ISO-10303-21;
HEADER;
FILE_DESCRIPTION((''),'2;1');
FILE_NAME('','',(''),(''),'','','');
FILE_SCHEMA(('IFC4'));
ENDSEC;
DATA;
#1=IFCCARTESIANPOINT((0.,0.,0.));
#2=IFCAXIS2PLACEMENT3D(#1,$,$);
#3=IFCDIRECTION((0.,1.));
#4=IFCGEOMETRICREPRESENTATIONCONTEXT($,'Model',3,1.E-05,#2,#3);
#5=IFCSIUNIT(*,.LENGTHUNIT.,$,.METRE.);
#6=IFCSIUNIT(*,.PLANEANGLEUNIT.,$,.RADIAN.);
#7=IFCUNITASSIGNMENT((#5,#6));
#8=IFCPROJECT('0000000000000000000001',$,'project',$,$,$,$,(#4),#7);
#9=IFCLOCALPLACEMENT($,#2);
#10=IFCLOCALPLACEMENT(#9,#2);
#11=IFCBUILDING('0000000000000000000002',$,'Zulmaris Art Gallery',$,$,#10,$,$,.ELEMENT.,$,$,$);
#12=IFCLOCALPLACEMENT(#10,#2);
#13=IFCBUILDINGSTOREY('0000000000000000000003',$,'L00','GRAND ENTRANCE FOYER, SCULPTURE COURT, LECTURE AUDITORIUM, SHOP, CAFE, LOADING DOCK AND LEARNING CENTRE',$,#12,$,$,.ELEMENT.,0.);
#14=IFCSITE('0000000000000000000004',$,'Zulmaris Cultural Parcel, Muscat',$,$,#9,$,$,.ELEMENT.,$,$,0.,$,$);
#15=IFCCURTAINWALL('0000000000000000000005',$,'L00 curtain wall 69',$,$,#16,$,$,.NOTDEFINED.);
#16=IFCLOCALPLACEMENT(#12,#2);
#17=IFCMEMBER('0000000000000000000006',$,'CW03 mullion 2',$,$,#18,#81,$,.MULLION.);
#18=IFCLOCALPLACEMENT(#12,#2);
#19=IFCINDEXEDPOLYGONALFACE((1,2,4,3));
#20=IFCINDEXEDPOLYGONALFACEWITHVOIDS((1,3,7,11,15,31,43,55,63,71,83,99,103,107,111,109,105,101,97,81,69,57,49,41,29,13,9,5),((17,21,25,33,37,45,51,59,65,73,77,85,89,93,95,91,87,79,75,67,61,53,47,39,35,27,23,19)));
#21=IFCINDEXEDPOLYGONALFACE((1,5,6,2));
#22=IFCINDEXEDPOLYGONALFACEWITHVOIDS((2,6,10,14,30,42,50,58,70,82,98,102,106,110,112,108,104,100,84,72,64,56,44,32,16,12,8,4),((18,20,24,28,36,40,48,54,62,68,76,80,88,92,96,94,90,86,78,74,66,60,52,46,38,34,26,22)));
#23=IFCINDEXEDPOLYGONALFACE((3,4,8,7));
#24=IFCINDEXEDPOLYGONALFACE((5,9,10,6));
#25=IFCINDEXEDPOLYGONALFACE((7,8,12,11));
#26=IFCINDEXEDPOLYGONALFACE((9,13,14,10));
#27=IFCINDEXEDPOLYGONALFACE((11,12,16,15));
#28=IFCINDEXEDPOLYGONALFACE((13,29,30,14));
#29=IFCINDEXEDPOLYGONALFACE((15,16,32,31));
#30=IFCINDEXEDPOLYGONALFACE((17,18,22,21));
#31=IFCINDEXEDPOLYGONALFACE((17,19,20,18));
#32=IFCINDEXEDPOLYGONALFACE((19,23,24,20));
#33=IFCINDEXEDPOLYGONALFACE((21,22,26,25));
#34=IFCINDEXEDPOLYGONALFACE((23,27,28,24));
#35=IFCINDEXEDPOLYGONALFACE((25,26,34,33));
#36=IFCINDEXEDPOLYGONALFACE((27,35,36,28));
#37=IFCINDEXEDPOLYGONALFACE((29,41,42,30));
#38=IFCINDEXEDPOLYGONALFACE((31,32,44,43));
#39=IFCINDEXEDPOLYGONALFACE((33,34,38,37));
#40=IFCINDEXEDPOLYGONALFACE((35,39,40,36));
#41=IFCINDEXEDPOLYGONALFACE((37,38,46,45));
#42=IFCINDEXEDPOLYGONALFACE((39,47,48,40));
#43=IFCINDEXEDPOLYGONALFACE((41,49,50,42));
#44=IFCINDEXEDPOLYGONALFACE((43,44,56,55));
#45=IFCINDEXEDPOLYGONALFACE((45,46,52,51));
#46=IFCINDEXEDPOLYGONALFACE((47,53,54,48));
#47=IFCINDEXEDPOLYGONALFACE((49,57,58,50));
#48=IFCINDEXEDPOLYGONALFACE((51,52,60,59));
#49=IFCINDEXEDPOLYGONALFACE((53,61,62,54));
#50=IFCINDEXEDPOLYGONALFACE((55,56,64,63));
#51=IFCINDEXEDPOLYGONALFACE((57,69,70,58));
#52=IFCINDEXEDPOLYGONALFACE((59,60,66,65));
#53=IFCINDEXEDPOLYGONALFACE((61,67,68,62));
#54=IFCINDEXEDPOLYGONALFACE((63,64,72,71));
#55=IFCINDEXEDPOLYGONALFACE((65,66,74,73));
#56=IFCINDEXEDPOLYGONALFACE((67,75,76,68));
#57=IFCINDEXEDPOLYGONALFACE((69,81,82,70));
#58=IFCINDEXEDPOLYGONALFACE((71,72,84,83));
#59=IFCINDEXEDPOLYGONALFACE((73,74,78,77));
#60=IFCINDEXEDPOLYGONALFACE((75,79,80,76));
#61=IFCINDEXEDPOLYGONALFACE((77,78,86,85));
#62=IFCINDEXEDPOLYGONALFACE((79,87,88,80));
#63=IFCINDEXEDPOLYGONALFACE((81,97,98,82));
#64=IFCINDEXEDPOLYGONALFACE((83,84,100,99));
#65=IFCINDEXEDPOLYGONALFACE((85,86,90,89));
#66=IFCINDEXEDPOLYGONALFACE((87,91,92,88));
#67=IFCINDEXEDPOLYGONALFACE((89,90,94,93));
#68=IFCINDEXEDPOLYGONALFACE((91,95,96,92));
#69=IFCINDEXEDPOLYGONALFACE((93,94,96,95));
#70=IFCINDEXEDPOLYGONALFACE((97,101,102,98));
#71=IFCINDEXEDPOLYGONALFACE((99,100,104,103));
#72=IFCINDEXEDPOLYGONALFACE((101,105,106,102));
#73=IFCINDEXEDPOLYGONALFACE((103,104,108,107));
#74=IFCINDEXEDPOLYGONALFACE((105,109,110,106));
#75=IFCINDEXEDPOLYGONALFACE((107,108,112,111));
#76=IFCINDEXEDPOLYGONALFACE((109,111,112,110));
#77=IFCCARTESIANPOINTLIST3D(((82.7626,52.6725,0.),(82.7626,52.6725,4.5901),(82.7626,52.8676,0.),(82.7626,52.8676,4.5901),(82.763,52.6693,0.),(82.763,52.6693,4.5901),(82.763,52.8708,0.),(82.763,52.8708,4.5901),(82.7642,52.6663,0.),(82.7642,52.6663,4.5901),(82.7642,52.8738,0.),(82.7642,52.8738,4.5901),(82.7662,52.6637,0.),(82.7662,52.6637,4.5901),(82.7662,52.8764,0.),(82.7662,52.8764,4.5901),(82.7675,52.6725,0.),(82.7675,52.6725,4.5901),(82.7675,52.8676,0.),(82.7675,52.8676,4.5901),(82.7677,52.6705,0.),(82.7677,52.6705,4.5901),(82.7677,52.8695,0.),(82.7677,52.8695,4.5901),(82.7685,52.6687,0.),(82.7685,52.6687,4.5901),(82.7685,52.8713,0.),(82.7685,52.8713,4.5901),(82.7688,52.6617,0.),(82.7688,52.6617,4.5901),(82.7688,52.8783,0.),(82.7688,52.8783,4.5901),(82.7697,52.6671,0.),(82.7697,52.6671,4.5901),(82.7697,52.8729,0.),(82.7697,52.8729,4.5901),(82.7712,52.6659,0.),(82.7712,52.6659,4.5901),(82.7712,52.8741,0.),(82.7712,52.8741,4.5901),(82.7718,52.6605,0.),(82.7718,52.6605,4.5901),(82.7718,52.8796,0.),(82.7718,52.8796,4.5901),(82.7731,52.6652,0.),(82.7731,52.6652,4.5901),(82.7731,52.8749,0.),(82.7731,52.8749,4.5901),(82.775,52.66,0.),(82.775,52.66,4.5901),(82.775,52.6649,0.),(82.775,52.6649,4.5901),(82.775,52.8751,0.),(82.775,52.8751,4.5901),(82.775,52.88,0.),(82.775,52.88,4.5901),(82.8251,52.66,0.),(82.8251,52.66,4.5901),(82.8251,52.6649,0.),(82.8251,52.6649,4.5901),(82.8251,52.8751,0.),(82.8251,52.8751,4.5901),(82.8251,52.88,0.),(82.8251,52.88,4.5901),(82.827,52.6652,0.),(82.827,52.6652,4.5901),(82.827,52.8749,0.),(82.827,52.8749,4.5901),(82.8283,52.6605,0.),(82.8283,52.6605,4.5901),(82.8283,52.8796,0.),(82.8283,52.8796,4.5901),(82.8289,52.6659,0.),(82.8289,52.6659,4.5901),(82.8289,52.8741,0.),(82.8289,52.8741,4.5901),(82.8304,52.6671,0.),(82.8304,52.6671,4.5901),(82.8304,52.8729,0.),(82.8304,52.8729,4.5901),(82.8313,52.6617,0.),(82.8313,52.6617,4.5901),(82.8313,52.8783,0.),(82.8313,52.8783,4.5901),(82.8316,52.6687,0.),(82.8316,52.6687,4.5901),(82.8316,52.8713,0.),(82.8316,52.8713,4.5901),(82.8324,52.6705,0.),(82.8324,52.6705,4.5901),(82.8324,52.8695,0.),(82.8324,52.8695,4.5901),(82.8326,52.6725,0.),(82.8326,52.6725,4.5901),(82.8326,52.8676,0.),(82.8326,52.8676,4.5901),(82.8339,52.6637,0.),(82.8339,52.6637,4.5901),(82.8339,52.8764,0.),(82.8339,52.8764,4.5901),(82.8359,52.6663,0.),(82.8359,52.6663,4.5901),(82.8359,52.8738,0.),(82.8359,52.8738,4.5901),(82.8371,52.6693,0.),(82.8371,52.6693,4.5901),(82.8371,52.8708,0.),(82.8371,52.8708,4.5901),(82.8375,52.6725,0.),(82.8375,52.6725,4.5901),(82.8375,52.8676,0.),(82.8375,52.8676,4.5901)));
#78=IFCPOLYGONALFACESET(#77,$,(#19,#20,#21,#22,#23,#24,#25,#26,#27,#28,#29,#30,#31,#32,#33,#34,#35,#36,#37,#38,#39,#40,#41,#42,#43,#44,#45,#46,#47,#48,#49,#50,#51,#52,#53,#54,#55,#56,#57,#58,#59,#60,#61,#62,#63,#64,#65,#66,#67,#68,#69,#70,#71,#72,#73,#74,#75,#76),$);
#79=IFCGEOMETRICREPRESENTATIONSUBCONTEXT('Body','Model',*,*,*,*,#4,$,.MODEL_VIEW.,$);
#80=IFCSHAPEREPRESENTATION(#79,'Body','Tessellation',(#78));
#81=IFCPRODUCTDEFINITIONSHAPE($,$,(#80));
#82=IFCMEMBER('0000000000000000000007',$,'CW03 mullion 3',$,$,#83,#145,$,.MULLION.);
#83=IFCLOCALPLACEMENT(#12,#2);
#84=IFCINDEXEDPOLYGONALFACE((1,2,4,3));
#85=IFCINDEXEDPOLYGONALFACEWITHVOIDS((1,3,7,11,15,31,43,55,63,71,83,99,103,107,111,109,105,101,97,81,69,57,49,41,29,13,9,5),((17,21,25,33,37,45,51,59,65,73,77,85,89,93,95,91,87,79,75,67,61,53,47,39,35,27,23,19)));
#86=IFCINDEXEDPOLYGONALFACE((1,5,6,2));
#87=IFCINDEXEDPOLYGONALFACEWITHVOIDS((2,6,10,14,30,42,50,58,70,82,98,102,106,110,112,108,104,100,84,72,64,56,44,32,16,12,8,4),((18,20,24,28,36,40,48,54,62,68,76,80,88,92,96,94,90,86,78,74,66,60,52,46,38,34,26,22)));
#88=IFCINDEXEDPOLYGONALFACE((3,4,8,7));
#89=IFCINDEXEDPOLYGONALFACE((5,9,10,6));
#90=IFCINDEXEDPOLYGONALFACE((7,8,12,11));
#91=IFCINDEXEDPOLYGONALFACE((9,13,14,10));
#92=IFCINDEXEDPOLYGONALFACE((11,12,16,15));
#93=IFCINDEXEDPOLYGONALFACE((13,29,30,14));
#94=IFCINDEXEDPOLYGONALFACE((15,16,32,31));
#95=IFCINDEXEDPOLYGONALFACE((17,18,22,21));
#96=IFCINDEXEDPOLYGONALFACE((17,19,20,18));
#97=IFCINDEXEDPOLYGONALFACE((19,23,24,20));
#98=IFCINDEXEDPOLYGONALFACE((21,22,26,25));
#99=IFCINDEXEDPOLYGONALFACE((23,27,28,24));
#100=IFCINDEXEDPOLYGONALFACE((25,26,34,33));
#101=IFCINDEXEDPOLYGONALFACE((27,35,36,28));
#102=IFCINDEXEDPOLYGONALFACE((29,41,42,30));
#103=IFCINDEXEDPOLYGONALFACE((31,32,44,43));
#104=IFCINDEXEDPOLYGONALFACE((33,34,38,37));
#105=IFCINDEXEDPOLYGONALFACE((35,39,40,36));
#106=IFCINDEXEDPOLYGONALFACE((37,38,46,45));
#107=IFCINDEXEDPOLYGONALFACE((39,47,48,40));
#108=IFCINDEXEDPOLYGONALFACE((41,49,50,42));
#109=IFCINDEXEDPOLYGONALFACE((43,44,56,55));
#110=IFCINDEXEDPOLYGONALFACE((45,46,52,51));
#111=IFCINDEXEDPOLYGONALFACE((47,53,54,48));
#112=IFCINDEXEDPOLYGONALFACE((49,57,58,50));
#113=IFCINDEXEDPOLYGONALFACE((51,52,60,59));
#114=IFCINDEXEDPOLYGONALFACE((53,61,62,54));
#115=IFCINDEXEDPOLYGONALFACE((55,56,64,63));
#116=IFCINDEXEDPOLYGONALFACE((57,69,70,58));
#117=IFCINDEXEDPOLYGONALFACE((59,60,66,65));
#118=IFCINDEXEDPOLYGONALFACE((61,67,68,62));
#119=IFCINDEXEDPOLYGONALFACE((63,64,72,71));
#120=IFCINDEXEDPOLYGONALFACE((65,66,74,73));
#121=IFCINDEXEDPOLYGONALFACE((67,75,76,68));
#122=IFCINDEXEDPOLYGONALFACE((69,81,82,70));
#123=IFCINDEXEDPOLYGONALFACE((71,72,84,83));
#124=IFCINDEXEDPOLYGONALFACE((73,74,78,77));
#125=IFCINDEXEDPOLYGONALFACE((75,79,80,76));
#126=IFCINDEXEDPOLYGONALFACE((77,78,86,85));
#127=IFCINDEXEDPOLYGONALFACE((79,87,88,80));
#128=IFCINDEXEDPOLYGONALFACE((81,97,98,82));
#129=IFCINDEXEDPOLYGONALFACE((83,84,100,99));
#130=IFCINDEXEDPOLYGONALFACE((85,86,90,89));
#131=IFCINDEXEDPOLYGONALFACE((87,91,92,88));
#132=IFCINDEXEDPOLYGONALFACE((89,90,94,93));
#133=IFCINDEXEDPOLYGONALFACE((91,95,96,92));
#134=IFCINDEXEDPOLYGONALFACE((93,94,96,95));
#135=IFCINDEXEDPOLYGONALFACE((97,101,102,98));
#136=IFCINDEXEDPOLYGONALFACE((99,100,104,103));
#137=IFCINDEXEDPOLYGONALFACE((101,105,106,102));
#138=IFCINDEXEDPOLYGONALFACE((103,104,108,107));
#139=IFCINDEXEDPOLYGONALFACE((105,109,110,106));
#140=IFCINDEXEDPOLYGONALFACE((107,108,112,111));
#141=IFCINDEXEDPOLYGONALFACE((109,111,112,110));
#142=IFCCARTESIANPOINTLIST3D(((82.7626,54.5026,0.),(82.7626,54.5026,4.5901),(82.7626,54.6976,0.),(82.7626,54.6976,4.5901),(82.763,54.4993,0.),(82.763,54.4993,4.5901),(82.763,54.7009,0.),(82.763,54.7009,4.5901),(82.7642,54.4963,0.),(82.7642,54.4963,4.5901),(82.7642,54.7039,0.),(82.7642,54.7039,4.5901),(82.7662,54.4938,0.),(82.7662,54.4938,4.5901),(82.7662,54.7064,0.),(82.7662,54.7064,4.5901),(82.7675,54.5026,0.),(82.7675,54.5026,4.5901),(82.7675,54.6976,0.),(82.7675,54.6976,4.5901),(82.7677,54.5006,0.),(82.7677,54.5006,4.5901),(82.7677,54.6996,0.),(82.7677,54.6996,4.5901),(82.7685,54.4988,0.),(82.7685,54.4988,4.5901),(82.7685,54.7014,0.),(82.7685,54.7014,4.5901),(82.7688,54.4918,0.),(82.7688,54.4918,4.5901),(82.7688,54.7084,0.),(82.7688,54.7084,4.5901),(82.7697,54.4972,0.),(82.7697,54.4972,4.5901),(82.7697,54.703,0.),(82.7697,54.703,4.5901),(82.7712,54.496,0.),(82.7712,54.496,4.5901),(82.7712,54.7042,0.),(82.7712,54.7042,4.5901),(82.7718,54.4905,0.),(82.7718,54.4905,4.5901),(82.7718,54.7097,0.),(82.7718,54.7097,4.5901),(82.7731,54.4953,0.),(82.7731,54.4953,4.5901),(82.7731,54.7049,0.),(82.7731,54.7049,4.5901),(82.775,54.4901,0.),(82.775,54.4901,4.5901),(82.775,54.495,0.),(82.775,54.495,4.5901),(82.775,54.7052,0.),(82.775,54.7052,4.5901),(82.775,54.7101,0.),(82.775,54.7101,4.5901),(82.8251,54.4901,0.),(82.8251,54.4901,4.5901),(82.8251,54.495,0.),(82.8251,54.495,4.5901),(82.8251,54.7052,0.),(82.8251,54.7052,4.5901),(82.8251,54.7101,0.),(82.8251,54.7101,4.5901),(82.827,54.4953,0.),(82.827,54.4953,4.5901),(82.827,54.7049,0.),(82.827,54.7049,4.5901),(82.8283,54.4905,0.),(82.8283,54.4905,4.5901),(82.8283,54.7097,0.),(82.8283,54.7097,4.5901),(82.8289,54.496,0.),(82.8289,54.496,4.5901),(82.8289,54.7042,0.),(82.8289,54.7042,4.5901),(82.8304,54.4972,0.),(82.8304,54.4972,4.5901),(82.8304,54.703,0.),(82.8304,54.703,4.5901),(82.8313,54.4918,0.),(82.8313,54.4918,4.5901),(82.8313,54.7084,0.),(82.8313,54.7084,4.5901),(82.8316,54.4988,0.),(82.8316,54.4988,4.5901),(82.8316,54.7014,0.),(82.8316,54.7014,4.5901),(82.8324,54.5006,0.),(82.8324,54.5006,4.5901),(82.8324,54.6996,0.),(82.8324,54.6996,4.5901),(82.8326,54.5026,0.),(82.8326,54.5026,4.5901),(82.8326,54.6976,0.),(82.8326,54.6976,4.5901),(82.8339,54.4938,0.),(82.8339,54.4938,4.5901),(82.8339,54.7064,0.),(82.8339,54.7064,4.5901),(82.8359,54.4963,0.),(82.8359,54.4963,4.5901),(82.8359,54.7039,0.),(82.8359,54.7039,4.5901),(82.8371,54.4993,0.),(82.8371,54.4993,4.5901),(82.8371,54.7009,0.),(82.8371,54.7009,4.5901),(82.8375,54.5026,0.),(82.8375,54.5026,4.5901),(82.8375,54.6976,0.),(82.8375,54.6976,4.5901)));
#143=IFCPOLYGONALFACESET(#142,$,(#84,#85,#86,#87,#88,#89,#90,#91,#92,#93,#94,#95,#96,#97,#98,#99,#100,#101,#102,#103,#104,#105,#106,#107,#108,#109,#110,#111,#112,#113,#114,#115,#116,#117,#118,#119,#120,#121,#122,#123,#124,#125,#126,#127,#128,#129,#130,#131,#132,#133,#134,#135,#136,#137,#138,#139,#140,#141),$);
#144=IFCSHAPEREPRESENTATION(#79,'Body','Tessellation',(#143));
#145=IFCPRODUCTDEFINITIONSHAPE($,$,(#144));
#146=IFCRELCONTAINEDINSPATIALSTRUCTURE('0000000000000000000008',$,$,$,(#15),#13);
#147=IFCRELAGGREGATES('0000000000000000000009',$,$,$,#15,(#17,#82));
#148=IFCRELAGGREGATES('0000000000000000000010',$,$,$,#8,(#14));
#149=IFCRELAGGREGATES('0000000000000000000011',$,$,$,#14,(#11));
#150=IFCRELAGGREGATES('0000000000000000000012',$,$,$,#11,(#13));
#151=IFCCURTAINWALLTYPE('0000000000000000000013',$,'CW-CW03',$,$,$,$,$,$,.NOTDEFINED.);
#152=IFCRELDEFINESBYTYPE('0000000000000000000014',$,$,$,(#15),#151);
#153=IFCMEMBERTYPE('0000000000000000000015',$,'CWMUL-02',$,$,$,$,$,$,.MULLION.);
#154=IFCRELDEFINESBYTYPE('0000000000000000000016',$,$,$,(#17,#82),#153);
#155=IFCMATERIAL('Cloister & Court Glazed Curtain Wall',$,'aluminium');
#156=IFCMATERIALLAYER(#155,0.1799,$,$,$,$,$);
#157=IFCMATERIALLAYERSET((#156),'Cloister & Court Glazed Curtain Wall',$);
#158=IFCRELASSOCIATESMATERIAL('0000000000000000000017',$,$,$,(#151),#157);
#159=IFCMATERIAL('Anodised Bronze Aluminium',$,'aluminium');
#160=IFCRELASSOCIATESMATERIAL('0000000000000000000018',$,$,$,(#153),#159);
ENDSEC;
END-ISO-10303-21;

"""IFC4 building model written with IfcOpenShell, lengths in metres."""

from ifc_helpers import new_model, si_unit, direction, frame, origin, origin_2d, place, context, subcontext, project, spatial, hollow_rectangle, extrude, material, layer, layer_set, material_profile, profile_set, type_object, element, aggregate, save


model = new_model("IFC4")

# Units and contexts
model_context = context("Model", 3, precision=1e-05, world=origin(), true_north=direction((0.0, 1.0)))
body_context = subcontext(model_context, "Body", "Model", "MODEL_VIEW")
ifc_project = project(units=[si_unit("LENGTHUNIT", "METRE"), si_unit("PLANEANGLEUNIT", "RADIAN")], contexts=[model_context])

# Site, building, storey
site_placement = place(None, origin())
site = spatial("IfcSite", under=ifc_project, at=site_placement, Name="Zulmaris Cultural Parcel, Muscat", CompositionType="ELEMENT", RefElevation=0.0)
building_placement = place(site_placement, origin())
building = spatial("IfcBuilding", under=site, at=building_placement, Name="Zulmaris Art Gallery", CompositionType="ELEMENT")
storey_placement = place(building_placement, origin())
storey = spatial("IfcBuildingStorey", under=building, at=storey_placement, Name="L00", Description="GRAND ENTRANCE FOYER, SCULPTURE COURT, LECTURE AUDITORIUM, SHOP, CAFE, LOADING DOCK AND LEARNING CENTRE", CompositionType="ELEMENT", Elevation=0.0)

# Shared definitions
ifc_material_1 = material(Name="Cloister & Court Glazed Curtain Wall", Category="aluminium")
ifc_layer_1 = layer(ifc_material_1, 0.1799)
ifc_layer_set_1 = layer_set([ifc_layer_1], Name="Cloister & Court Glazed Curtain Wall")
curtain_wall_type = type_object("IfcCurtainWallType", Name="CW-CW03", PredefinedType="NOTDEFINED", material=ifc_layer_set_1)
ifc_material_2 = material(Name="Anodised Bronze Aluminium", Category="aluminium")
ifc_material_profile_1 = material_profile(ifc_material_2, hollow_rectangle(XDim=0.075, YDim=0.22, WallThickness=0.0049, InnerFilletRadius=0.0076, OuterFilletRadius=0.0125, at=origin_2d()), Name="ALU 75x220x5")
ifc_profile_set_1 = profile_set([ifc_material_profile_1], Name="Anodised Bronze Aluminium")
member_type_1 = type_object("IfcMemberType", Name="CWMUL-02", PredefinedType="MULLION", material=ifc_profile_set_1)

# Curtain wall, members
curtain_wall_1_placement = place(storey_placement, origin())
curtain_wall_1 = element("IfcCurtainWall", 1, at=curtain_wall_1_placement, inside=storey, type_object=curtain_wall_type, Name="L00 curtain wall 69", PredefinedType="NOTDEFINED")
member_1_placement = place(storey_placement, frame((82.8, 52.77, 0.0), z_axis=(0.0, 0.0, 1.0), x_axis=(-1.0, 0.0, 0.0)))
member_1 = element("IfcMember", 2, at=member_1_placement, type_object=member_type_1, Name="CW03 mullion 2", PredefinedType="MULLION", context=body_context, shape_type="SweptSolid", body=[
    extrude(hollow_rectangle(XDim=0.075, YDim=0.22, WallThickness=0.0049, InnerFilletRadius=0.0076, OuterFilletRadius=0.0125, at=origin_2d()), origin(), (0.0, 0.0, 1.0), 4.5901),
])
member_2_placement = place(storey_placement, frame((82.8, 54.6001, 0.0), z_axis=(0.0, 0.0, 1.0), x_axis=(-1.0, 0.0, 0.0)))
member_2 = element("IfcMember", 3, at=member_2_placement, type_object=member_type_1, Name="CW03 mullion 3", PredefinedType="MULLION", context=body_context, shape_type="SweptSolid", body=[
    extrude(hollow_rectangle(XDim=0.075, YDim=0.22, WallThickness=0.0049, InnerFilletRadius=0.0076, OuterFilletRadius=0.0125, at=origin_2d()), origin(), (0.0, 0.0, 1.0), 4.5901),
])

aggregate(curtain_wall_1, [member_1, member_2])

save(model, "model.ifc")
